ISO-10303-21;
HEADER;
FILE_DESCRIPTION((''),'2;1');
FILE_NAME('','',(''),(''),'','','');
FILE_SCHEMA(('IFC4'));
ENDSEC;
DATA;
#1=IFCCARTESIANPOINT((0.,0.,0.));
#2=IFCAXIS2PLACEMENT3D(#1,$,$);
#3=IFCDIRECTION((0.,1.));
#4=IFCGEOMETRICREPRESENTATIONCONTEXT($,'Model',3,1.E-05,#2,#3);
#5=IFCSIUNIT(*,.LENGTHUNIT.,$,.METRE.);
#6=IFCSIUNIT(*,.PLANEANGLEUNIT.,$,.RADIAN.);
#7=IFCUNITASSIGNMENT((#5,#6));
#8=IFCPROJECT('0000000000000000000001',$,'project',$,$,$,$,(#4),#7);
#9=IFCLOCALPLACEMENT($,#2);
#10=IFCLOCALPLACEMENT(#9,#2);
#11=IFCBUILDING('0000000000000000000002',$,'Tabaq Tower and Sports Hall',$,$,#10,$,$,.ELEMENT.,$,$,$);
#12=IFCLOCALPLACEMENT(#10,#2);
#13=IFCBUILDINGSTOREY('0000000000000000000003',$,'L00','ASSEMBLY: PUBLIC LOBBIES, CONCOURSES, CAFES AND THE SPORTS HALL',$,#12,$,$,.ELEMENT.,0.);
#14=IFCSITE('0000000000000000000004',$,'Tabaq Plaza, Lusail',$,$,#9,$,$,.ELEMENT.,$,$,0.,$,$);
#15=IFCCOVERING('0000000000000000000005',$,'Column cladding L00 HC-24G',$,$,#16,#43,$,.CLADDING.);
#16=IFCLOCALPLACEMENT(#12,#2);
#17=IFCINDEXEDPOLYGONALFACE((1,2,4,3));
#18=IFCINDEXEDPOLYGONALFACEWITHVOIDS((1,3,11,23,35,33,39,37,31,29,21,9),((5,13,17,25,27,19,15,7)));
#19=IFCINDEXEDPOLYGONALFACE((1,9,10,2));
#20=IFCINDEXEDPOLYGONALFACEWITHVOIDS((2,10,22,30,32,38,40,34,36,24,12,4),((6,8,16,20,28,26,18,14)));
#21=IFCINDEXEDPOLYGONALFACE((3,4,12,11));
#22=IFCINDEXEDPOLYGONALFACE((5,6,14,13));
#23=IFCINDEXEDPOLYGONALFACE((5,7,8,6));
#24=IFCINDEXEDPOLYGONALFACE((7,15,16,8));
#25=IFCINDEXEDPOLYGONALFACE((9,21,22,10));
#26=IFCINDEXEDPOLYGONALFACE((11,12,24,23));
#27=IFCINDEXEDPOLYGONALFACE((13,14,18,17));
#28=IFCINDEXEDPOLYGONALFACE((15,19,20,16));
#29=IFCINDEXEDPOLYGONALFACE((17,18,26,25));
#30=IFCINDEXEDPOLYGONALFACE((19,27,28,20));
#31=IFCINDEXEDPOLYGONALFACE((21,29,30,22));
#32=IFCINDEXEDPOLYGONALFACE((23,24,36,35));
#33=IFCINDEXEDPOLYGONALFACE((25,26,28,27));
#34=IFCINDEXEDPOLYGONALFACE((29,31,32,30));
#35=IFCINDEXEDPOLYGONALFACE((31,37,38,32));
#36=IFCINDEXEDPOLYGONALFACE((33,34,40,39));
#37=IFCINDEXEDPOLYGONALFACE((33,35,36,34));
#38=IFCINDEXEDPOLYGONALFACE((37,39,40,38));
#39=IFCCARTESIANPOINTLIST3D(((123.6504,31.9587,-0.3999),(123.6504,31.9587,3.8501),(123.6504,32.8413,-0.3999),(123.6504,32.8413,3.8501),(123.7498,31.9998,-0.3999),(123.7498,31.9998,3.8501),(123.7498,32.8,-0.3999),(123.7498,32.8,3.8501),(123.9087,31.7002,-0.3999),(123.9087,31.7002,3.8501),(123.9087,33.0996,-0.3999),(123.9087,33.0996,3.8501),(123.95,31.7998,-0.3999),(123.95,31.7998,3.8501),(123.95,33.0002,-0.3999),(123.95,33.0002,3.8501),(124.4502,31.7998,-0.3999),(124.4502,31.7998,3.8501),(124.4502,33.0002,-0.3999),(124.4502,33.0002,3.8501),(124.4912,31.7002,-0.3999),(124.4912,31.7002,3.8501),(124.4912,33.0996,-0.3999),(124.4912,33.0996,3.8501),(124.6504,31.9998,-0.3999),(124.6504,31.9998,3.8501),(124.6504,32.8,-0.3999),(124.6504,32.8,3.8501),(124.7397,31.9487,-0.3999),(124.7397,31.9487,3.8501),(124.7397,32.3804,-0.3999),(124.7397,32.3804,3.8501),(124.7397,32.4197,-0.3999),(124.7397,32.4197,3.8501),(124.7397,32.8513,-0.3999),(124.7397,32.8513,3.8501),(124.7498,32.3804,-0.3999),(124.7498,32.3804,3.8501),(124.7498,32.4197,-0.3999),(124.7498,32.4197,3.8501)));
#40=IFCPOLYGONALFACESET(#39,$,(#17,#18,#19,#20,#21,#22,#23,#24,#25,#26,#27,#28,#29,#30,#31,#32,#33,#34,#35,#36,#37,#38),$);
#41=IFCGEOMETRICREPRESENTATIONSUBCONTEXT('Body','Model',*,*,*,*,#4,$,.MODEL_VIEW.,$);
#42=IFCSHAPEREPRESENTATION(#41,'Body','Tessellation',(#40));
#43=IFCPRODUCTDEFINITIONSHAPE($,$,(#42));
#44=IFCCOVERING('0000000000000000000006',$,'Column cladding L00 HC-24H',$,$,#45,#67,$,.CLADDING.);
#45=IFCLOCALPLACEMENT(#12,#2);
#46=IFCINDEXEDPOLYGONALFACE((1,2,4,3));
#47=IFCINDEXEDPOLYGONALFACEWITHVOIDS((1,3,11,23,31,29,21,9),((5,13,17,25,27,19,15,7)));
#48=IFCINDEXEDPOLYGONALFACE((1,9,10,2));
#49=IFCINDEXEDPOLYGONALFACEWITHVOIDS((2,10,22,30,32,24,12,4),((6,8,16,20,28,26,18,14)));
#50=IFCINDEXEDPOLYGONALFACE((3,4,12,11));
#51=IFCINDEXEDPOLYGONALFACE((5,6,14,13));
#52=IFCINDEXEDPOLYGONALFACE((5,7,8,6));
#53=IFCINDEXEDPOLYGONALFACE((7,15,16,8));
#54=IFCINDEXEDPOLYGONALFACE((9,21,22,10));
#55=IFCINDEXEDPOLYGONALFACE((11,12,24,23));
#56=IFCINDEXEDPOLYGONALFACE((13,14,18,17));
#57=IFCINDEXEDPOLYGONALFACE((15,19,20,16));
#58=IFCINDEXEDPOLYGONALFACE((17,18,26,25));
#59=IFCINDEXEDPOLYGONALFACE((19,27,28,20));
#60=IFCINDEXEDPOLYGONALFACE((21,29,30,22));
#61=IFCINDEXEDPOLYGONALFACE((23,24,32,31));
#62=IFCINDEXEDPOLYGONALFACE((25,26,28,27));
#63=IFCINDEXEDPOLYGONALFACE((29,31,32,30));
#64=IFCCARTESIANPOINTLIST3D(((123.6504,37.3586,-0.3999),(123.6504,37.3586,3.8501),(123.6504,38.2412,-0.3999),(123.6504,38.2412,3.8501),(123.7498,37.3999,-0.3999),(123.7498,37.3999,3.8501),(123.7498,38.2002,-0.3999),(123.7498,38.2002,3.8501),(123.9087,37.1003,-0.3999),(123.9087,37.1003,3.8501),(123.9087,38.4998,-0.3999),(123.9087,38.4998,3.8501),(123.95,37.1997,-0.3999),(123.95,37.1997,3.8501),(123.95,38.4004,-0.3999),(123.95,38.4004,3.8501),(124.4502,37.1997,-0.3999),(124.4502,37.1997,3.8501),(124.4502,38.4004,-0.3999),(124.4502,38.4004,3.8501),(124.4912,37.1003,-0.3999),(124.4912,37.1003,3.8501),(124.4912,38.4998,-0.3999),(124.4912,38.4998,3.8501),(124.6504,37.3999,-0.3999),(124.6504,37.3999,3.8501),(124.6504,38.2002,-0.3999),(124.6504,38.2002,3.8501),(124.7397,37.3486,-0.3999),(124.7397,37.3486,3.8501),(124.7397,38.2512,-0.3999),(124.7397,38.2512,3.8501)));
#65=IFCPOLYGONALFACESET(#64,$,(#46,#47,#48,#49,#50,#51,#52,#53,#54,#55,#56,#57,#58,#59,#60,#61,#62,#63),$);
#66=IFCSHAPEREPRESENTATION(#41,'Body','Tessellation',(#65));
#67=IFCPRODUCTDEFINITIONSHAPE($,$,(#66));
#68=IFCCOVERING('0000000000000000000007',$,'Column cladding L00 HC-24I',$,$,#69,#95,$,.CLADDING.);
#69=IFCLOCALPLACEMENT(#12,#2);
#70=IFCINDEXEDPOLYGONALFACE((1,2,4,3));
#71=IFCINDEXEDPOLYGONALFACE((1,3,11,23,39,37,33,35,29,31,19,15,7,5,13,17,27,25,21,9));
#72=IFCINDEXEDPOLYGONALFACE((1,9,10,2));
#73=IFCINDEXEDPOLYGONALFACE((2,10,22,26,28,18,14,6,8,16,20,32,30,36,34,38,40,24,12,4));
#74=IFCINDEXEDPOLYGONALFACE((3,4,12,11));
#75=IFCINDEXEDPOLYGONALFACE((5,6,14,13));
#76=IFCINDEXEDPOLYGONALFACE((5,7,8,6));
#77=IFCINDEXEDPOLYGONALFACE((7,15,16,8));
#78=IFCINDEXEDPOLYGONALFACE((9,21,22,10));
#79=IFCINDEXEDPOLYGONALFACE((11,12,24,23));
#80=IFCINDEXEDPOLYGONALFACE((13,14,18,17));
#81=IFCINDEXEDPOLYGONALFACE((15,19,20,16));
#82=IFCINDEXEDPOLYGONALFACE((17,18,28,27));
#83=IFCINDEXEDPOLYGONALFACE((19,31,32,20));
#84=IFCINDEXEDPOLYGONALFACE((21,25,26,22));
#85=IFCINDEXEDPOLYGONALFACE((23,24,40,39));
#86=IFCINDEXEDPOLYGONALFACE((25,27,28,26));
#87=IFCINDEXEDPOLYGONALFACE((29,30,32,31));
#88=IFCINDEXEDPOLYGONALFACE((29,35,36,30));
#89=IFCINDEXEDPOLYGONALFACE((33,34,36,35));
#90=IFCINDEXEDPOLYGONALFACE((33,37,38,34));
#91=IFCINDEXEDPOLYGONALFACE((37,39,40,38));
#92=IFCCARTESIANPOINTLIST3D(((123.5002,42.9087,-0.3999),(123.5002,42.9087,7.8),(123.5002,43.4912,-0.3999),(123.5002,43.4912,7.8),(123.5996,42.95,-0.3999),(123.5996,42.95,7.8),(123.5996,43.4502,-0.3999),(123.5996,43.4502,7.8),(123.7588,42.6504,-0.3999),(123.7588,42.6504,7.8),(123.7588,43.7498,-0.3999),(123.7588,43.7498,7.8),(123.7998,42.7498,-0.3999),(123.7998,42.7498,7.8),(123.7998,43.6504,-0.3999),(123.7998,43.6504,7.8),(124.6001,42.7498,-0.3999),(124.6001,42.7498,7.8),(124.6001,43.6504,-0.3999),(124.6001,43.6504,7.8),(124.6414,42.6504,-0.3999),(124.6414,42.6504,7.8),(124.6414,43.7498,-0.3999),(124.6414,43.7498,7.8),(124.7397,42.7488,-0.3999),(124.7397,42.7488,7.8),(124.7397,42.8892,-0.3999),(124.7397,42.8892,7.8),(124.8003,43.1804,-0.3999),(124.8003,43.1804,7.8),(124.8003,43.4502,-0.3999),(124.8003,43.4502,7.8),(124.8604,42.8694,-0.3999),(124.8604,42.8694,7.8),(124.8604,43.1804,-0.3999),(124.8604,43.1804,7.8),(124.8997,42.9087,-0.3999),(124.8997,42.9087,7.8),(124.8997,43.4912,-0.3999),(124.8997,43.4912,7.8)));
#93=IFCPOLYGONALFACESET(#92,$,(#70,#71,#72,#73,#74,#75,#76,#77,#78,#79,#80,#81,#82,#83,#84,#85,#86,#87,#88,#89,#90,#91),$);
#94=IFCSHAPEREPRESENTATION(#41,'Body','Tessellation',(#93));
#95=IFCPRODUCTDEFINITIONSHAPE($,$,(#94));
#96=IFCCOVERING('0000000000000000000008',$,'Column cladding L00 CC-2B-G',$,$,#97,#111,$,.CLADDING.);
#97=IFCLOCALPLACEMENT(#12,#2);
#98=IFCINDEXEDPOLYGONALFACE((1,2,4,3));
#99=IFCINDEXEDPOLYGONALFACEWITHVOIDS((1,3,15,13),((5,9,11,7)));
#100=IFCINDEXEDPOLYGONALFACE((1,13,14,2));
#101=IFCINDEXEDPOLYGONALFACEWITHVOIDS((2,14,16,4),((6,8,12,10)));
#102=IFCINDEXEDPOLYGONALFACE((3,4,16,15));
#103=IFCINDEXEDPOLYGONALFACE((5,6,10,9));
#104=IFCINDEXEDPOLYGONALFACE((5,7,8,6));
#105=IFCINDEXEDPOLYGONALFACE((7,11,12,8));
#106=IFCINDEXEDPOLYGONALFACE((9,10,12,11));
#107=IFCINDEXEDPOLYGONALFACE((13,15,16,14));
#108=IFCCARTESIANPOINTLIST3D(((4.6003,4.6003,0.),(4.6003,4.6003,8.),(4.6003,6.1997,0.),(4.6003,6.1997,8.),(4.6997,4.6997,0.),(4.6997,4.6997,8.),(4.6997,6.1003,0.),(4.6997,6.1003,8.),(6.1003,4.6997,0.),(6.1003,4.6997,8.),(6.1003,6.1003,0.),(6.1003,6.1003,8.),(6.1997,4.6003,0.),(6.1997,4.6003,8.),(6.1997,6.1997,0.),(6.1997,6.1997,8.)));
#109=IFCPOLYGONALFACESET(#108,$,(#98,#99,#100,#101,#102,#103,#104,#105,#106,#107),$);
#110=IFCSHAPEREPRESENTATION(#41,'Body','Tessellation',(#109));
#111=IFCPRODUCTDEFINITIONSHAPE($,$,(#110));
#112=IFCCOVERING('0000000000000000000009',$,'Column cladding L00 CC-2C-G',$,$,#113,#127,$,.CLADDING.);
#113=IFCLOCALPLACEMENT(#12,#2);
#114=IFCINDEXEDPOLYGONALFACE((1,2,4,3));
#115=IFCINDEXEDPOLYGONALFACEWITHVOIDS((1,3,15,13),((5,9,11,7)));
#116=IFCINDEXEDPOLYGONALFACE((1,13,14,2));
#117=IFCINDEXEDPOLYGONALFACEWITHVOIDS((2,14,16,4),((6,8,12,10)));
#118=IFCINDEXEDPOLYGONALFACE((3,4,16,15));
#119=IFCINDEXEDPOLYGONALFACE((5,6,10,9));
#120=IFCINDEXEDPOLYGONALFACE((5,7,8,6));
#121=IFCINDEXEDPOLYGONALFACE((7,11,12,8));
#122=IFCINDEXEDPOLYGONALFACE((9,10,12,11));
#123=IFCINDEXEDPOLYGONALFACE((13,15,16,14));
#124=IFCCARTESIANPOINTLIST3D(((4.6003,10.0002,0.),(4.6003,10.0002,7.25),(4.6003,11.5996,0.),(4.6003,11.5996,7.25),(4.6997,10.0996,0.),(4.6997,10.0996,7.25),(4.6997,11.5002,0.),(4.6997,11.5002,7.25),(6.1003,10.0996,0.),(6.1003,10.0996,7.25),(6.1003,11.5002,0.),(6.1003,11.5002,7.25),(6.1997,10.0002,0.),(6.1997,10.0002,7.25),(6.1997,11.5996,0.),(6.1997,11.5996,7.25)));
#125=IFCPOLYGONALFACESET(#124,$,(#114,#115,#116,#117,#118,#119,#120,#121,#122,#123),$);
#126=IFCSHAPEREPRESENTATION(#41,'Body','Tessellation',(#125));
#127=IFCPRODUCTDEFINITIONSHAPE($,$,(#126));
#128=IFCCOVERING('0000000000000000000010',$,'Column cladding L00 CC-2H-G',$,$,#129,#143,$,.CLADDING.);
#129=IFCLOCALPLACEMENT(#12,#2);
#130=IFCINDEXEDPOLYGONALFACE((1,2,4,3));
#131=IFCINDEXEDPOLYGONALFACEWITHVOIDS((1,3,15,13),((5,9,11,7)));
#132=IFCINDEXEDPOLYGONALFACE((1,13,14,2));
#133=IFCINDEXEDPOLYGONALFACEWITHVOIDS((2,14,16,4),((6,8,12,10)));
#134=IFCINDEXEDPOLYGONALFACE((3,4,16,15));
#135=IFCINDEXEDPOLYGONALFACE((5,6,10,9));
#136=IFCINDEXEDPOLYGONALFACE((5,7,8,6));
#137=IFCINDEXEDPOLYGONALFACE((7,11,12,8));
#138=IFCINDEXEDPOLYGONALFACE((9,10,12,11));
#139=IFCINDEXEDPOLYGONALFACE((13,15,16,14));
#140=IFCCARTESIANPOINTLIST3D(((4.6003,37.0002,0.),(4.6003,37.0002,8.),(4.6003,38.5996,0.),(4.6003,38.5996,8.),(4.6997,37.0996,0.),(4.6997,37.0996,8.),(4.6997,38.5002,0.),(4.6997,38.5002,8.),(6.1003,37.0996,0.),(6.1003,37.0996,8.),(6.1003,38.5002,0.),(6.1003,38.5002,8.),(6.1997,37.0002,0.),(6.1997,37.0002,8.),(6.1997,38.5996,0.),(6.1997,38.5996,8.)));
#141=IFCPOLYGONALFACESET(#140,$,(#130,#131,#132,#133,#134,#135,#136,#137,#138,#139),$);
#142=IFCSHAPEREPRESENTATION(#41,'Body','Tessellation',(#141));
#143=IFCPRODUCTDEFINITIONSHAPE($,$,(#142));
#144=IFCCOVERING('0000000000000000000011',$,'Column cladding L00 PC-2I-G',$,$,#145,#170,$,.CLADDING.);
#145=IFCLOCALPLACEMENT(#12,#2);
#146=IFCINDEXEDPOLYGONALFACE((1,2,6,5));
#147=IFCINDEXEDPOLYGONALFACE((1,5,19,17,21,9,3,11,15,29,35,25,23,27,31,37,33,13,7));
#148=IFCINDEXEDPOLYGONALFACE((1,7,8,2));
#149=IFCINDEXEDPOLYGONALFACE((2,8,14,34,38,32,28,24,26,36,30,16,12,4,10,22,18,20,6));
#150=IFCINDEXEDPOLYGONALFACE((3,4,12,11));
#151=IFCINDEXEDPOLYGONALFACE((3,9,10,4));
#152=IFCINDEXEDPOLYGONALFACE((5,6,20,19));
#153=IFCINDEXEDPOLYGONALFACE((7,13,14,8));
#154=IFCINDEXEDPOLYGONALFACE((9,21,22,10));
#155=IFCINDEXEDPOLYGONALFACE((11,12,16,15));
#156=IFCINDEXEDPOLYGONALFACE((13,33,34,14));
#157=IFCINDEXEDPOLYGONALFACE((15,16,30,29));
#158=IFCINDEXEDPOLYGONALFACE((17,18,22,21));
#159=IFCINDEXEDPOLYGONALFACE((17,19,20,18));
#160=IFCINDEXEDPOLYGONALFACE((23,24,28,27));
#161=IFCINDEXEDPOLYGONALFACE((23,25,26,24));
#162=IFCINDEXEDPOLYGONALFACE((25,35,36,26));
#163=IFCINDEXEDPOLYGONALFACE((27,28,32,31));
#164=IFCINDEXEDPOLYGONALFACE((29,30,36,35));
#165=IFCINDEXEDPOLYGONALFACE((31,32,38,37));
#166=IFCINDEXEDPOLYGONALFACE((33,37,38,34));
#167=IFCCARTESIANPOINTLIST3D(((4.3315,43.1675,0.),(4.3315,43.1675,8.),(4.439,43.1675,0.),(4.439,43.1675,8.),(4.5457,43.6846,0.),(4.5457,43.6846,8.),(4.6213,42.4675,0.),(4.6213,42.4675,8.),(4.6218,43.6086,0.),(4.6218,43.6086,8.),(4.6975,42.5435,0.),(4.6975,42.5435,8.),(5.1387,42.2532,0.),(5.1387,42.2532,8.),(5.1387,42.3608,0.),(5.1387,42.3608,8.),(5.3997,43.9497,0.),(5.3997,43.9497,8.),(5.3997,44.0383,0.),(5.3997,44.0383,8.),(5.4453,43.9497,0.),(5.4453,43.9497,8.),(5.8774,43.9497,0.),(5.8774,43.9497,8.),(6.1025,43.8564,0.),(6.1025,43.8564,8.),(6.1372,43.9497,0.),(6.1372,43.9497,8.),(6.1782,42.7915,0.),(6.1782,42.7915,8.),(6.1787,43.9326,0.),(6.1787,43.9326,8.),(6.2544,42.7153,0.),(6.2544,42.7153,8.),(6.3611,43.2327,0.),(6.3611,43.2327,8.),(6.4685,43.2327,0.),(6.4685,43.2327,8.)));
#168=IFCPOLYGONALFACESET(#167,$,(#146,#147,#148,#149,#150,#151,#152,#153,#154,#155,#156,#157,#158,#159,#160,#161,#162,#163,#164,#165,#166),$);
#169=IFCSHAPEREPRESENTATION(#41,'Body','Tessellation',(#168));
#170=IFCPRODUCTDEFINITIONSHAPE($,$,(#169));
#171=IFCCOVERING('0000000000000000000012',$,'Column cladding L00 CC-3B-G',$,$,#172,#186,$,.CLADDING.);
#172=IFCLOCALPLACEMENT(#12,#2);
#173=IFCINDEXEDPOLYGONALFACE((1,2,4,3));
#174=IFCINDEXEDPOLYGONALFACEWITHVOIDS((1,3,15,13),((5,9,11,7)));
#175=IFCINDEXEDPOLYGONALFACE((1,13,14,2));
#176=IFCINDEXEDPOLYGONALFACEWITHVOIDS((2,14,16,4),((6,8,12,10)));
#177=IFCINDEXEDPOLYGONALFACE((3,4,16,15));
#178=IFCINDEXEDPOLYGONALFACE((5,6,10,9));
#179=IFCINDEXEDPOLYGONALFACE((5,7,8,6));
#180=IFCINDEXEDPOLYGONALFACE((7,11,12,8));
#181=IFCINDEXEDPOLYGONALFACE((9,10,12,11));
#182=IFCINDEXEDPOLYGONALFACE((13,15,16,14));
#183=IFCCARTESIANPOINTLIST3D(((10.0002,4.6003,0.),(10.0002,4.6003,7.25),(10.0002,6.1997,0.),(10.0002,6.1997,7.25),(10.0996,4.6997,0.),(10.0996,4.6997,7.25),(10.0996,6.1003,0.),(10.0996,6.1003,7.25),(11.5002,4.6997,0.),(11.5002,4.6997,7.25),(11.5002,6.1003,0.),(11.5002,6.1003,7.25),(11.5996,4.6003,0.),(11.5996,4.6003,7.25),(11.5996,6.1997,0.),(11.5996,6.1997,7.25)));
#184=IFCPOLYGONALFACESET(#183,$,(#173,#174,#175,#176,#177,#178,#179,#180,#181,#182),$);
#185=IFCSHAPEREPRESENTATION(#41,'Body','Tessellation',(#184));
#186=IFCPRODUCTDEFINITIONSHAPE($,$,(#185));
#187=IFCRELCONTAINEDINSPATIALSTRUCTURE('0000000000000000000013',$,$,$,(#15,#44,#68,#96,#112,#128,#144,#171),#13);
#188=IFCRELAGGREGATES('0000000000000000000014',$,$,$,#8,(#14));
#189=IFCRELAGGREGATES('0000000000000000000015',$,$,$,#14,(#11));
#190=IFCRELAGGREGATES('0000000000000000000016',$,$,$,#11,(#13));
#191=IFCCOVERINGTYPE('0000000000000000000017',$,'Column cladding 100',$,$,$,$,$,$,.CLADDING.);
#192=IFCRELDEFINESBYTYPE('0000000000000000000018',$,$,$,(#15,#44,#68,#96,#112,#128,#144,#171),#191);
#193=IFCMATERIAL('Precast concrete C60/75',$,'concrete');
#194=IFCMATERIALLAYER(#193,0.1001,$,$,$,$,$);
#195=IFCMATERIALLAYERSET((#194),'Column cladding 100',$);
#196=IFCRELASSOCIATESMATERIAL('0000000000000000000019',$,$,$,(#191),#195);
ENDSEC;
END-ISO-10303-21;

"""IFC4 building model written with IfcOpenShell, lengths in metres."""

from ifc_helpers import new_model, si_unit, direction, frame, origin, place, context, subcontext, project, spatial, polyline, outline, extrude, material, layer, layer_set, type_object, element, save


model = new_model("IFC4")

# Units and contexts
model_context = context("Model", 3, precision=1e-05, world=origin(), true_north=direction((0.0, 1.0)))
body_context = subcontext(model_context, "Body", "Model", "MODEL_VIEW")
ifc_project = project(units=[si_unit("LENGTHUNIT", "METRE"), si_unit("PLANEANGLEUNIT", "RADIAN")], contexts=[model_context])

# Site, building, storey
site_placement = place(None, origin())
site = spatial("IfcSite", under=ifc_project, at=site_placement, Name="Tabaq Plaza, Lusail", CompositionType="ELEMENT", RefElevation=0.0)
building_placement = place(site_placement, origin())
building = spatial("IfcBuilding", under=site, at=building_placement, Name="Tabaq Tower and Sports Hall", CompositionType="ELEMENT")
storey_placement = place(building_placement, origin())
storey = spatial("IfcBuildingStorey", under=building, at=storey_placement, Name="L00", Description="ASSEMBLY: PUBLIC LOBBIES, CONCOURSES, CAFES AND THE SPORTS HALL", CompositionType="ELEMENT", Elevation=0.0)

# Coverings
ifc_material = material(Name="Precast concrete C60/75", Category="concrete")
ifc_layer = layer(ifc_material, 0.1001)
ifc_layer_set = layer_set([ifc_layer], Name="Column cladding 100")
covering_type = type_object("IfcCoveringType", Name="Column cladding 100", PredefinedType="CLADDING", material=ifc_layer_set)
covering_1_placement = place(storey_placement, frame((0.0, 0.0, -0.3999)))
element("IfcCovering", 1, at=covering_1_placement, inside=storey, type_object=covering_type, Name="Column cladding L00 HC-24G", PredefinedType="CLADDING", context=body_context, shape_type="SweptSolid", body=[
    extrude(outline(polyline([(123.9087, 31.7002), (123.6504, 31.9587), (123.6504, 32.8413), (123.9087, 33.0996), (124.4912, 33.0996), (124.7397, 32.8513), (124.7397, 32.4197), (124.7498, 32.4197), (124.7498, 32.3804), (124.7397, 32.3804), (124.7397, 31.9487), (124.4912, 31.7002), (123.9087, 31.7002)]), holes=[polyline([(124.4502, 33.0002), (123.95, 33.0002), (123.7498, 32.8), (123.7498, 31.9998), (123.95, 31.7998), (124.4502, 31.7998), (124.6504, 31.9998), (124.6504, 32.8), (124.4502, 33.0002)])]), origin(), (0.0, 0.0, 1.0), 4.25),
])
covering_2_placement = place(storey_placement, frame((0.0, 0.0, -0.3999)))
element("IfcCovering", 2, at=covering_2_placement, inside=storey, type_object=covering_type, Name="Column cladding L00 HC-24H", PredefinedType="CLADDING", context=body_context, shape_type="SweptSolid", body=[
    extrude(outline(polyline([(123.9087, 37.1003), (123.6504, 37.3586), (123.6504, 38.2412), (123.9087, 38.4998), (124.4912, 38.4998), (124.7397, 38.2512), (124.7397, 37.3486), (124.4912, 37.1003), (123.9087, 37.1003)]), holes=[polyline([(124.4502, 38.4004), (123.95, 38.4004), (123.7498, 38.2002), (123.7498, 37.3999), (123.95, 37.1997), (124.4502, 37.1997), (124.6504, 37.3999), (124.6504, 38.2002), (124.4502, 38.4004)])]), origin(), (0.0, 0.0, 1.0), 4.25),
])
covering_3_placement = place(storey_placement, frame((0.0, 0.0, -0.3999)))
element("IfcCovering", 3, at=covering_3_placement, inside=storey, type_object=covering_type, Name="Column cladding L00 HC-24I", PredefinedType="CLADDING", context=body_context, shape_type="SweptSolid", body=[
    extrude(outline(polyline([(123.5002, 43.4912), (123.7588, 43.7498), (124.6414, 43.7498), (124.8997, 43.4912), (124.8997, 42.9087), (124.8604, 42.8694), (124.8604, 43.1804), (124.8003, 43.1804), (124.8003, 43.4502), (124.6001, 43.6504), (123.7998, 43.6504), (123.5996, 43.4502), (123.5996, 42.95), (123.7998, 42.7498), (124.6001, 42.7498), (124.7397, 42.8892), (124.7397, 42.7488), (124.6414, 42.6504), (123.7588, 42.6504), (123.5002, 42.9087), (123.5002, 43.4912)])), origin(), (0.0, 0.0, 1.0), 8.2),
])
covering_4_placement = place(storey_placement, origin())
element("IfcCovering", 4, at=covering_4_placement, inside=storey, type_object=covering_type, Name="Column cladding L00 CC-2B-G", PredefinedType="CLADDING", context=body_context, shape_type="SweptSolid", body=[
    extrude(outline(polyline([(4.6003, 6.1997), (6.1997, 6.1997), (6.1997, 4.6003), (4.6003, 4.6003), (4.6003, 6.1997)]), holes=[polyline([(6.1003, 4.6997), (6.1003, 6.1003), (4.6997, 6.1003), (4.6997, 4.6997), (6.1003, 4.6997)])]), origin(), (0.0, 0.0, 1.0), 8.0),
])
covering_5_placement = place(storey_placement, origin())
element("IfcCovering", 5, at=covering_5_placement, inside=storey, type_object=covering_type, Name="Column cladding L00 CC-2C-G", PredefinedType="CLADDING", context=body_context, shape_type="SweptSolid", body=[
    extrude(outline(polyline([(4.6003, 11.5996), (6.1997, 11.5996), (6.1997, 10.0002), (4.6003, 10.0002), (4.6003, 11.5996)]), holes=[polyline([(6.1003, 10.0996), (6.1003, 11.5002), (4.6997, 11.5002), (4.6997, 10.0996), (6.1003, 10.0996)])]), origin(), (0.0, 0.0, 1.0), 7.25),
])
covering_6_placement = place(storey_placement, origin())
element("IfcCovering", 6, at=covering_6_placement, inside=storey, type_object=covering_type, Name="Column cladding L00 CC-2H-G", PredefinedType="CLADDING", context=body_context, shape_type="SweptSolid", body=[
    extrude(outline(polyline([(4.6003, 38.5996), (6.1997, 38.5996), (6.1997, 37.0002), (4.6003, 37.0002), (4.6003, 38.5996)]), holes=[polyline([(6.1003, 37.0996), (6.1003, 38.5002), (4.6997, 38.5002), (4.6997, 37.0996), (6.1003, 37.0996)])]), origin(), (0.0, 0.0, 1.0), 8.0),
])
covering_7_placement = place(storey_placement, origin())
element("IfcCovering", 7, at=covering_7_placement, inside=storey, type_object=covering_type, Name="Column cladding L00 PC-2I-G", PredefinedType="CLADDING", context=body_context, shape_type="SweptSolid", body=[
    extrude(outline(polyline([(4.3315, 43.1675), (4.5457, 43.6846), (5.3997, 44.0383), (5.3997, 43.9497), (5.4453, 43.9497), (4.6218, 43.6086), (4.439, 43.1675), (4.6975, 42.5435), (5.1387, 42.3608), (6.1782, 42.7915), (6.3611, 43.2327), (6.1025, 43.8564), (5.8774, 43.9497), (6.1372, 43.9497), (6.1787, 43.9326), (6.4685, 43.2327), (6.2544, 42.7153), (5.1387, 42.2532), (4.6213, 42.4675), (4.3315, 43.1675)])), origin(), (0.0, 0.0, 1.0), 8.0),
])
covering_8_placement = place(storey_placement, origin())
element("IfcCovering", 8, at=covering_8_placement, inside=storey, type_object=covering_type, Name="Column cladding L00 CC-3B-G", PredefinedType="CLADDING", context=body_context, shape_type="SweptSolid", body=[
    extrude(outline(polyline([(10.0002, 6.1997), (11.5996, 6.1997), (11.5996, 4.6003), (10.0002, 4.6003), (10.0002, 6.1997)]), holes=[polyline([(11.5002, 4.6997), (11.5002, 6.1003), (10.0996, 6.1003), (10.0996, 4.6997), (11.5002, 4.6997)])]), origin(), (0.0, 0.0, 1.0), 7.25),
])

save(model, "model.ifc")
